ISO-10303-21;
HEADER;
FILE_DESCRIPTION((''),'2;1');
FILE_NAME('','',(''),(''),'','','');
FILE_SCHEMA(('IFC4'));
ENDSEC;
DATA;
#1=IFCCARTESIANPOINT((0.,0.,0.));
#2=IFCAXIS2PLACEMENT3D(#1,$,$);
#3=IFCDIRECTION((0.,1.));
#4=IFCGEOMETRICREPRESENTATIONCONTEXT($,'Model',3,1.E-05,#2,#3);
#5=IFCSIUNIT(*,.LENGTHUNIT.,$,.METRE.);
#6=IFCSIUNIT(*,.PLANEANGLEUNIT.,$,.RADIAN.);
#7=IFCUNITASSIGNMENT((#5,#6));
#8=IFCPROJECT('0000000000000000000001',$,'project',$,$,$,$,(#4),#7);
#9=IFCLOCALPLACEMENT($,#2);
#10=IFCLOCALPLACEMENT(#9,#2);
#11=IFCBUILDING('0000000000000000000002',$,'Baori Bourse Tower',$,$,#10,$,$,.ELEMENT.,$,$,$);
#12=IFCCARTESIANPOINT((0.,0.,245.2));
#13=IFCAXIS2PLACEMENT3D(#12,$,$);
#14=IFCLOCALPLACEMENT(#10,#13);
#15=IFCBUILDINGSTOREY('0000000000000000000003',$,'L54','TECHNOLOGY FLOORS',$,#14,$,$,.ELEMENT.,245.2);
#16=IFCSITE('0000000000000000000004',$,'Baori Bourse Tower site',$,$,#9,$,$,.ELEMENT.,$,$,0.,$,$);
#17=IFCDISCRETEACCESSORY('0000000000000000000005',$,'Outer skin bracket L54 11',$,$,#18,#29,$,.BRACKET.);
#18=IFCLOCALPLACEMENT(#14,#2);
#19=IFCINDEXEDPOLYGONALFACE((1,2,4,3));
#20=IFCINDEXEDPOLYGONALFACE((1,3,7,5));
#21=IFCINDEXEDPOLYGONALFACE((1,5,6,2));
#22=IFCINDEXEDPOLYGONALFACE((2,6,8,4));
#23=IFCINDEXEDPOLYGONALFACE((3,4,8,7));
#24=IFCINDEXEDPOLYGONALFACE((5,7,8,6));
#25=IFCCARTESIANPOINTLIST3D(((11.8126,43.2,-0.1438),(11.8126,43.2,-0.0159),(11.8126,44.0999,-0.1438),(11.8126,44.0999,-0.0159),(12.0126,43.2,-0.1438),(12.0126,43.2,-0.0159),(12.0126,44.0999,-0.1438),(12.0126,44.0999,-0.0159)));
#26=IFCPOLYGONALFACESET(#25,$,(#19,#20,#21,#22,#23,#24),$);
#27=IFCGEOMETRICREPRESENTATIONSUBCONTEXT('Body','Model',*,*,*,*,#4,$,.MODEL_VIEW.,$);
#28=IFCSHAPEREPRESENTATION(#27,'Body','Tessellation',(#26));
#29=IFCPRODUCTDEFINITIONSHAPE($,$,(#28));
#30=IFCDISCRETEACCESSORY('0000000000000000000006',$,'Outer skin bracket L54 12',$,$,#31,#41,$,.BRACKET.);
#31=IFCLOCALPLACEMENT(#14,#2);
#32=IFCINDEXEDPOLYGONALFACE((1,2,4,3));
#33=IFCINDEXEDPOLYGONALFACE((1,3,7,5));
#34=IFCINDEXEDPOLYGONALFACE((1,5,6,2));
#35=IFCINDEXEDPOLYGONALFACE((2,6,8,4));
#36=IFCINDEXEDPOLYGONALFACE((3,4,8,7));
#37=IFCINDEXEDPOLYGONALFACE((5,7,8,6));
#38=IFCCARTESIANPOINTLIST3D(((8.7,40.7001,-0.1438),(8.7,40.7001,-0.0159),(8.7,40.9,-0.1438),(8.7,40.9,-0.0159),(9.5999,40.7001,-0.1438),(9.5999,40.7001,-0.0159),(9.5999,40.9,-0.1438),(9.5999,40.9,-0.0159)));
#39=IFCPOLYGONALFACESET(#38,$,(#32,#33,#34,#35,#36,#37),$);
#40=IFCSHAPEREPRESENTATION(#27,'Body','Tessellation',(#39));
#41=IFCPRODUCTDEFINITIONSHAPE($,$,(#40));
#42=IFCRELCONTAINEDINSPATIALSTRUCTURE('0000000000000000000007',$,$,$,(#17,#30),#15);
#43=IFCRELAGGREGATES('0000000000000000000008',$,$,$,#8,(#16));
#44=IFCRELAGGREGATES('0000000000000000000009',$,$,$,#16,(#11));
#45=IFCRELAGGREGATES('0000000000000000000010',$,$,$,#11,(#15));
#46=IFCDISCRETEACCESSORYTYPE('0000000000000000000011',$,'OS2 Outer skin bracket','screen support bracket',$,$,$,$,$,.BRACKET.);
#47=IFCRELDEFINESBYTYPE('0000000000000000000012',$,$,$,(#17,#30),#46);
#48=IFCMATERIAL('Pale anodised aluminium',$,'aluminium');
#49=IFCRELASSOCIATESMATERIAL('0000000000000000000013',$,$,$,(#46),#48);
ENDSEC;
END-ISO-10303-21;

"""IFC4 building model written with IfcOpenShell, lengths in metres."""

from ifc_helpers import new_model, si_unit, direction, frame, origin, origin_2d, place, context, subcontext, project, spatial, rectangle, extrude, material, type_object, element, save


model = new_model("IFC4")

# Units and contexts
model_context = context("Model", 3, precision=1e-05, world=origin(), true_north=direction((0.0, 1.0)))
body_context = subcontext(model_context, "Body", "Model", "MODEL_VIEW")
ifc_project = project(units=[si_unit("LENGTHUNIT", "METRE"), si_unit("PLANEANGLEUNIT", "RADIAN")], contexts=[model_context])

# Site, building, storey
site_placement = place(None, origin())
site = spatial("IfcSite", under=ifc_project, at=site_placement, Name="Baori Bourse Tower site", CompositionType="ELEMENT", RefElevation=0.0)
building_placement = place(site_placement, origin())
building = spatial("IfcBuilding", under=site, at=building_placement, Name="Baori Bourse Tower", CompositionType="ELEMENT")
storey_placement = place(building_placement, frame((0.0, 0.0, 245.2)))
storey = spatial("IfcBuildingStorey", under=building, at=storey_placement, Name="L54", Description="TECHNOLOGY FLOORS", CompositionType="ELEMENT", Elevation=245.2)

# Discrete accessories
ifc_material_1 = material(Name="Pale anodised aluminium", Category="aluminium")
discrete_accessory_type = type_object("IfcDiscreteAccessoryType", Name="OS2 Outer skin bracket", Description="screen support bracket", PredefinedType="BRACKET", material=ifc_material_1)
for number, where, z_axis, x_axis, name in (
    (1, (11.9126, 43.6499, -0.1438), (0.0, 0.0, 1.0), (-1.0, 0.0, 0.0), "Outer skin bracket L54 11"),
    (2, (9.1499, 40.8, -0.1438), (0.0, 0.0, 1.0), (0.0, -1.0, 0.0), "Outer skin bracket L54 12"),
):
    element("IfcDiscreteAccessory", number, at=place(storey_placement, frame(where, z_axis=z_axis, x_axis=x_axis)), inside=storey, type_object=discrete_accessory_type, Name=name, PredefinedType="BRACKET", context=body_context, shape_type="SweptSolid", body=[
        extrude(rectangle(XDim=0.2, YDim=0.8999, at=origin_2d()), origin(), (0.0, 0.0, 1.0), 0.1279),
    ])

save(model, "model.ifc")
